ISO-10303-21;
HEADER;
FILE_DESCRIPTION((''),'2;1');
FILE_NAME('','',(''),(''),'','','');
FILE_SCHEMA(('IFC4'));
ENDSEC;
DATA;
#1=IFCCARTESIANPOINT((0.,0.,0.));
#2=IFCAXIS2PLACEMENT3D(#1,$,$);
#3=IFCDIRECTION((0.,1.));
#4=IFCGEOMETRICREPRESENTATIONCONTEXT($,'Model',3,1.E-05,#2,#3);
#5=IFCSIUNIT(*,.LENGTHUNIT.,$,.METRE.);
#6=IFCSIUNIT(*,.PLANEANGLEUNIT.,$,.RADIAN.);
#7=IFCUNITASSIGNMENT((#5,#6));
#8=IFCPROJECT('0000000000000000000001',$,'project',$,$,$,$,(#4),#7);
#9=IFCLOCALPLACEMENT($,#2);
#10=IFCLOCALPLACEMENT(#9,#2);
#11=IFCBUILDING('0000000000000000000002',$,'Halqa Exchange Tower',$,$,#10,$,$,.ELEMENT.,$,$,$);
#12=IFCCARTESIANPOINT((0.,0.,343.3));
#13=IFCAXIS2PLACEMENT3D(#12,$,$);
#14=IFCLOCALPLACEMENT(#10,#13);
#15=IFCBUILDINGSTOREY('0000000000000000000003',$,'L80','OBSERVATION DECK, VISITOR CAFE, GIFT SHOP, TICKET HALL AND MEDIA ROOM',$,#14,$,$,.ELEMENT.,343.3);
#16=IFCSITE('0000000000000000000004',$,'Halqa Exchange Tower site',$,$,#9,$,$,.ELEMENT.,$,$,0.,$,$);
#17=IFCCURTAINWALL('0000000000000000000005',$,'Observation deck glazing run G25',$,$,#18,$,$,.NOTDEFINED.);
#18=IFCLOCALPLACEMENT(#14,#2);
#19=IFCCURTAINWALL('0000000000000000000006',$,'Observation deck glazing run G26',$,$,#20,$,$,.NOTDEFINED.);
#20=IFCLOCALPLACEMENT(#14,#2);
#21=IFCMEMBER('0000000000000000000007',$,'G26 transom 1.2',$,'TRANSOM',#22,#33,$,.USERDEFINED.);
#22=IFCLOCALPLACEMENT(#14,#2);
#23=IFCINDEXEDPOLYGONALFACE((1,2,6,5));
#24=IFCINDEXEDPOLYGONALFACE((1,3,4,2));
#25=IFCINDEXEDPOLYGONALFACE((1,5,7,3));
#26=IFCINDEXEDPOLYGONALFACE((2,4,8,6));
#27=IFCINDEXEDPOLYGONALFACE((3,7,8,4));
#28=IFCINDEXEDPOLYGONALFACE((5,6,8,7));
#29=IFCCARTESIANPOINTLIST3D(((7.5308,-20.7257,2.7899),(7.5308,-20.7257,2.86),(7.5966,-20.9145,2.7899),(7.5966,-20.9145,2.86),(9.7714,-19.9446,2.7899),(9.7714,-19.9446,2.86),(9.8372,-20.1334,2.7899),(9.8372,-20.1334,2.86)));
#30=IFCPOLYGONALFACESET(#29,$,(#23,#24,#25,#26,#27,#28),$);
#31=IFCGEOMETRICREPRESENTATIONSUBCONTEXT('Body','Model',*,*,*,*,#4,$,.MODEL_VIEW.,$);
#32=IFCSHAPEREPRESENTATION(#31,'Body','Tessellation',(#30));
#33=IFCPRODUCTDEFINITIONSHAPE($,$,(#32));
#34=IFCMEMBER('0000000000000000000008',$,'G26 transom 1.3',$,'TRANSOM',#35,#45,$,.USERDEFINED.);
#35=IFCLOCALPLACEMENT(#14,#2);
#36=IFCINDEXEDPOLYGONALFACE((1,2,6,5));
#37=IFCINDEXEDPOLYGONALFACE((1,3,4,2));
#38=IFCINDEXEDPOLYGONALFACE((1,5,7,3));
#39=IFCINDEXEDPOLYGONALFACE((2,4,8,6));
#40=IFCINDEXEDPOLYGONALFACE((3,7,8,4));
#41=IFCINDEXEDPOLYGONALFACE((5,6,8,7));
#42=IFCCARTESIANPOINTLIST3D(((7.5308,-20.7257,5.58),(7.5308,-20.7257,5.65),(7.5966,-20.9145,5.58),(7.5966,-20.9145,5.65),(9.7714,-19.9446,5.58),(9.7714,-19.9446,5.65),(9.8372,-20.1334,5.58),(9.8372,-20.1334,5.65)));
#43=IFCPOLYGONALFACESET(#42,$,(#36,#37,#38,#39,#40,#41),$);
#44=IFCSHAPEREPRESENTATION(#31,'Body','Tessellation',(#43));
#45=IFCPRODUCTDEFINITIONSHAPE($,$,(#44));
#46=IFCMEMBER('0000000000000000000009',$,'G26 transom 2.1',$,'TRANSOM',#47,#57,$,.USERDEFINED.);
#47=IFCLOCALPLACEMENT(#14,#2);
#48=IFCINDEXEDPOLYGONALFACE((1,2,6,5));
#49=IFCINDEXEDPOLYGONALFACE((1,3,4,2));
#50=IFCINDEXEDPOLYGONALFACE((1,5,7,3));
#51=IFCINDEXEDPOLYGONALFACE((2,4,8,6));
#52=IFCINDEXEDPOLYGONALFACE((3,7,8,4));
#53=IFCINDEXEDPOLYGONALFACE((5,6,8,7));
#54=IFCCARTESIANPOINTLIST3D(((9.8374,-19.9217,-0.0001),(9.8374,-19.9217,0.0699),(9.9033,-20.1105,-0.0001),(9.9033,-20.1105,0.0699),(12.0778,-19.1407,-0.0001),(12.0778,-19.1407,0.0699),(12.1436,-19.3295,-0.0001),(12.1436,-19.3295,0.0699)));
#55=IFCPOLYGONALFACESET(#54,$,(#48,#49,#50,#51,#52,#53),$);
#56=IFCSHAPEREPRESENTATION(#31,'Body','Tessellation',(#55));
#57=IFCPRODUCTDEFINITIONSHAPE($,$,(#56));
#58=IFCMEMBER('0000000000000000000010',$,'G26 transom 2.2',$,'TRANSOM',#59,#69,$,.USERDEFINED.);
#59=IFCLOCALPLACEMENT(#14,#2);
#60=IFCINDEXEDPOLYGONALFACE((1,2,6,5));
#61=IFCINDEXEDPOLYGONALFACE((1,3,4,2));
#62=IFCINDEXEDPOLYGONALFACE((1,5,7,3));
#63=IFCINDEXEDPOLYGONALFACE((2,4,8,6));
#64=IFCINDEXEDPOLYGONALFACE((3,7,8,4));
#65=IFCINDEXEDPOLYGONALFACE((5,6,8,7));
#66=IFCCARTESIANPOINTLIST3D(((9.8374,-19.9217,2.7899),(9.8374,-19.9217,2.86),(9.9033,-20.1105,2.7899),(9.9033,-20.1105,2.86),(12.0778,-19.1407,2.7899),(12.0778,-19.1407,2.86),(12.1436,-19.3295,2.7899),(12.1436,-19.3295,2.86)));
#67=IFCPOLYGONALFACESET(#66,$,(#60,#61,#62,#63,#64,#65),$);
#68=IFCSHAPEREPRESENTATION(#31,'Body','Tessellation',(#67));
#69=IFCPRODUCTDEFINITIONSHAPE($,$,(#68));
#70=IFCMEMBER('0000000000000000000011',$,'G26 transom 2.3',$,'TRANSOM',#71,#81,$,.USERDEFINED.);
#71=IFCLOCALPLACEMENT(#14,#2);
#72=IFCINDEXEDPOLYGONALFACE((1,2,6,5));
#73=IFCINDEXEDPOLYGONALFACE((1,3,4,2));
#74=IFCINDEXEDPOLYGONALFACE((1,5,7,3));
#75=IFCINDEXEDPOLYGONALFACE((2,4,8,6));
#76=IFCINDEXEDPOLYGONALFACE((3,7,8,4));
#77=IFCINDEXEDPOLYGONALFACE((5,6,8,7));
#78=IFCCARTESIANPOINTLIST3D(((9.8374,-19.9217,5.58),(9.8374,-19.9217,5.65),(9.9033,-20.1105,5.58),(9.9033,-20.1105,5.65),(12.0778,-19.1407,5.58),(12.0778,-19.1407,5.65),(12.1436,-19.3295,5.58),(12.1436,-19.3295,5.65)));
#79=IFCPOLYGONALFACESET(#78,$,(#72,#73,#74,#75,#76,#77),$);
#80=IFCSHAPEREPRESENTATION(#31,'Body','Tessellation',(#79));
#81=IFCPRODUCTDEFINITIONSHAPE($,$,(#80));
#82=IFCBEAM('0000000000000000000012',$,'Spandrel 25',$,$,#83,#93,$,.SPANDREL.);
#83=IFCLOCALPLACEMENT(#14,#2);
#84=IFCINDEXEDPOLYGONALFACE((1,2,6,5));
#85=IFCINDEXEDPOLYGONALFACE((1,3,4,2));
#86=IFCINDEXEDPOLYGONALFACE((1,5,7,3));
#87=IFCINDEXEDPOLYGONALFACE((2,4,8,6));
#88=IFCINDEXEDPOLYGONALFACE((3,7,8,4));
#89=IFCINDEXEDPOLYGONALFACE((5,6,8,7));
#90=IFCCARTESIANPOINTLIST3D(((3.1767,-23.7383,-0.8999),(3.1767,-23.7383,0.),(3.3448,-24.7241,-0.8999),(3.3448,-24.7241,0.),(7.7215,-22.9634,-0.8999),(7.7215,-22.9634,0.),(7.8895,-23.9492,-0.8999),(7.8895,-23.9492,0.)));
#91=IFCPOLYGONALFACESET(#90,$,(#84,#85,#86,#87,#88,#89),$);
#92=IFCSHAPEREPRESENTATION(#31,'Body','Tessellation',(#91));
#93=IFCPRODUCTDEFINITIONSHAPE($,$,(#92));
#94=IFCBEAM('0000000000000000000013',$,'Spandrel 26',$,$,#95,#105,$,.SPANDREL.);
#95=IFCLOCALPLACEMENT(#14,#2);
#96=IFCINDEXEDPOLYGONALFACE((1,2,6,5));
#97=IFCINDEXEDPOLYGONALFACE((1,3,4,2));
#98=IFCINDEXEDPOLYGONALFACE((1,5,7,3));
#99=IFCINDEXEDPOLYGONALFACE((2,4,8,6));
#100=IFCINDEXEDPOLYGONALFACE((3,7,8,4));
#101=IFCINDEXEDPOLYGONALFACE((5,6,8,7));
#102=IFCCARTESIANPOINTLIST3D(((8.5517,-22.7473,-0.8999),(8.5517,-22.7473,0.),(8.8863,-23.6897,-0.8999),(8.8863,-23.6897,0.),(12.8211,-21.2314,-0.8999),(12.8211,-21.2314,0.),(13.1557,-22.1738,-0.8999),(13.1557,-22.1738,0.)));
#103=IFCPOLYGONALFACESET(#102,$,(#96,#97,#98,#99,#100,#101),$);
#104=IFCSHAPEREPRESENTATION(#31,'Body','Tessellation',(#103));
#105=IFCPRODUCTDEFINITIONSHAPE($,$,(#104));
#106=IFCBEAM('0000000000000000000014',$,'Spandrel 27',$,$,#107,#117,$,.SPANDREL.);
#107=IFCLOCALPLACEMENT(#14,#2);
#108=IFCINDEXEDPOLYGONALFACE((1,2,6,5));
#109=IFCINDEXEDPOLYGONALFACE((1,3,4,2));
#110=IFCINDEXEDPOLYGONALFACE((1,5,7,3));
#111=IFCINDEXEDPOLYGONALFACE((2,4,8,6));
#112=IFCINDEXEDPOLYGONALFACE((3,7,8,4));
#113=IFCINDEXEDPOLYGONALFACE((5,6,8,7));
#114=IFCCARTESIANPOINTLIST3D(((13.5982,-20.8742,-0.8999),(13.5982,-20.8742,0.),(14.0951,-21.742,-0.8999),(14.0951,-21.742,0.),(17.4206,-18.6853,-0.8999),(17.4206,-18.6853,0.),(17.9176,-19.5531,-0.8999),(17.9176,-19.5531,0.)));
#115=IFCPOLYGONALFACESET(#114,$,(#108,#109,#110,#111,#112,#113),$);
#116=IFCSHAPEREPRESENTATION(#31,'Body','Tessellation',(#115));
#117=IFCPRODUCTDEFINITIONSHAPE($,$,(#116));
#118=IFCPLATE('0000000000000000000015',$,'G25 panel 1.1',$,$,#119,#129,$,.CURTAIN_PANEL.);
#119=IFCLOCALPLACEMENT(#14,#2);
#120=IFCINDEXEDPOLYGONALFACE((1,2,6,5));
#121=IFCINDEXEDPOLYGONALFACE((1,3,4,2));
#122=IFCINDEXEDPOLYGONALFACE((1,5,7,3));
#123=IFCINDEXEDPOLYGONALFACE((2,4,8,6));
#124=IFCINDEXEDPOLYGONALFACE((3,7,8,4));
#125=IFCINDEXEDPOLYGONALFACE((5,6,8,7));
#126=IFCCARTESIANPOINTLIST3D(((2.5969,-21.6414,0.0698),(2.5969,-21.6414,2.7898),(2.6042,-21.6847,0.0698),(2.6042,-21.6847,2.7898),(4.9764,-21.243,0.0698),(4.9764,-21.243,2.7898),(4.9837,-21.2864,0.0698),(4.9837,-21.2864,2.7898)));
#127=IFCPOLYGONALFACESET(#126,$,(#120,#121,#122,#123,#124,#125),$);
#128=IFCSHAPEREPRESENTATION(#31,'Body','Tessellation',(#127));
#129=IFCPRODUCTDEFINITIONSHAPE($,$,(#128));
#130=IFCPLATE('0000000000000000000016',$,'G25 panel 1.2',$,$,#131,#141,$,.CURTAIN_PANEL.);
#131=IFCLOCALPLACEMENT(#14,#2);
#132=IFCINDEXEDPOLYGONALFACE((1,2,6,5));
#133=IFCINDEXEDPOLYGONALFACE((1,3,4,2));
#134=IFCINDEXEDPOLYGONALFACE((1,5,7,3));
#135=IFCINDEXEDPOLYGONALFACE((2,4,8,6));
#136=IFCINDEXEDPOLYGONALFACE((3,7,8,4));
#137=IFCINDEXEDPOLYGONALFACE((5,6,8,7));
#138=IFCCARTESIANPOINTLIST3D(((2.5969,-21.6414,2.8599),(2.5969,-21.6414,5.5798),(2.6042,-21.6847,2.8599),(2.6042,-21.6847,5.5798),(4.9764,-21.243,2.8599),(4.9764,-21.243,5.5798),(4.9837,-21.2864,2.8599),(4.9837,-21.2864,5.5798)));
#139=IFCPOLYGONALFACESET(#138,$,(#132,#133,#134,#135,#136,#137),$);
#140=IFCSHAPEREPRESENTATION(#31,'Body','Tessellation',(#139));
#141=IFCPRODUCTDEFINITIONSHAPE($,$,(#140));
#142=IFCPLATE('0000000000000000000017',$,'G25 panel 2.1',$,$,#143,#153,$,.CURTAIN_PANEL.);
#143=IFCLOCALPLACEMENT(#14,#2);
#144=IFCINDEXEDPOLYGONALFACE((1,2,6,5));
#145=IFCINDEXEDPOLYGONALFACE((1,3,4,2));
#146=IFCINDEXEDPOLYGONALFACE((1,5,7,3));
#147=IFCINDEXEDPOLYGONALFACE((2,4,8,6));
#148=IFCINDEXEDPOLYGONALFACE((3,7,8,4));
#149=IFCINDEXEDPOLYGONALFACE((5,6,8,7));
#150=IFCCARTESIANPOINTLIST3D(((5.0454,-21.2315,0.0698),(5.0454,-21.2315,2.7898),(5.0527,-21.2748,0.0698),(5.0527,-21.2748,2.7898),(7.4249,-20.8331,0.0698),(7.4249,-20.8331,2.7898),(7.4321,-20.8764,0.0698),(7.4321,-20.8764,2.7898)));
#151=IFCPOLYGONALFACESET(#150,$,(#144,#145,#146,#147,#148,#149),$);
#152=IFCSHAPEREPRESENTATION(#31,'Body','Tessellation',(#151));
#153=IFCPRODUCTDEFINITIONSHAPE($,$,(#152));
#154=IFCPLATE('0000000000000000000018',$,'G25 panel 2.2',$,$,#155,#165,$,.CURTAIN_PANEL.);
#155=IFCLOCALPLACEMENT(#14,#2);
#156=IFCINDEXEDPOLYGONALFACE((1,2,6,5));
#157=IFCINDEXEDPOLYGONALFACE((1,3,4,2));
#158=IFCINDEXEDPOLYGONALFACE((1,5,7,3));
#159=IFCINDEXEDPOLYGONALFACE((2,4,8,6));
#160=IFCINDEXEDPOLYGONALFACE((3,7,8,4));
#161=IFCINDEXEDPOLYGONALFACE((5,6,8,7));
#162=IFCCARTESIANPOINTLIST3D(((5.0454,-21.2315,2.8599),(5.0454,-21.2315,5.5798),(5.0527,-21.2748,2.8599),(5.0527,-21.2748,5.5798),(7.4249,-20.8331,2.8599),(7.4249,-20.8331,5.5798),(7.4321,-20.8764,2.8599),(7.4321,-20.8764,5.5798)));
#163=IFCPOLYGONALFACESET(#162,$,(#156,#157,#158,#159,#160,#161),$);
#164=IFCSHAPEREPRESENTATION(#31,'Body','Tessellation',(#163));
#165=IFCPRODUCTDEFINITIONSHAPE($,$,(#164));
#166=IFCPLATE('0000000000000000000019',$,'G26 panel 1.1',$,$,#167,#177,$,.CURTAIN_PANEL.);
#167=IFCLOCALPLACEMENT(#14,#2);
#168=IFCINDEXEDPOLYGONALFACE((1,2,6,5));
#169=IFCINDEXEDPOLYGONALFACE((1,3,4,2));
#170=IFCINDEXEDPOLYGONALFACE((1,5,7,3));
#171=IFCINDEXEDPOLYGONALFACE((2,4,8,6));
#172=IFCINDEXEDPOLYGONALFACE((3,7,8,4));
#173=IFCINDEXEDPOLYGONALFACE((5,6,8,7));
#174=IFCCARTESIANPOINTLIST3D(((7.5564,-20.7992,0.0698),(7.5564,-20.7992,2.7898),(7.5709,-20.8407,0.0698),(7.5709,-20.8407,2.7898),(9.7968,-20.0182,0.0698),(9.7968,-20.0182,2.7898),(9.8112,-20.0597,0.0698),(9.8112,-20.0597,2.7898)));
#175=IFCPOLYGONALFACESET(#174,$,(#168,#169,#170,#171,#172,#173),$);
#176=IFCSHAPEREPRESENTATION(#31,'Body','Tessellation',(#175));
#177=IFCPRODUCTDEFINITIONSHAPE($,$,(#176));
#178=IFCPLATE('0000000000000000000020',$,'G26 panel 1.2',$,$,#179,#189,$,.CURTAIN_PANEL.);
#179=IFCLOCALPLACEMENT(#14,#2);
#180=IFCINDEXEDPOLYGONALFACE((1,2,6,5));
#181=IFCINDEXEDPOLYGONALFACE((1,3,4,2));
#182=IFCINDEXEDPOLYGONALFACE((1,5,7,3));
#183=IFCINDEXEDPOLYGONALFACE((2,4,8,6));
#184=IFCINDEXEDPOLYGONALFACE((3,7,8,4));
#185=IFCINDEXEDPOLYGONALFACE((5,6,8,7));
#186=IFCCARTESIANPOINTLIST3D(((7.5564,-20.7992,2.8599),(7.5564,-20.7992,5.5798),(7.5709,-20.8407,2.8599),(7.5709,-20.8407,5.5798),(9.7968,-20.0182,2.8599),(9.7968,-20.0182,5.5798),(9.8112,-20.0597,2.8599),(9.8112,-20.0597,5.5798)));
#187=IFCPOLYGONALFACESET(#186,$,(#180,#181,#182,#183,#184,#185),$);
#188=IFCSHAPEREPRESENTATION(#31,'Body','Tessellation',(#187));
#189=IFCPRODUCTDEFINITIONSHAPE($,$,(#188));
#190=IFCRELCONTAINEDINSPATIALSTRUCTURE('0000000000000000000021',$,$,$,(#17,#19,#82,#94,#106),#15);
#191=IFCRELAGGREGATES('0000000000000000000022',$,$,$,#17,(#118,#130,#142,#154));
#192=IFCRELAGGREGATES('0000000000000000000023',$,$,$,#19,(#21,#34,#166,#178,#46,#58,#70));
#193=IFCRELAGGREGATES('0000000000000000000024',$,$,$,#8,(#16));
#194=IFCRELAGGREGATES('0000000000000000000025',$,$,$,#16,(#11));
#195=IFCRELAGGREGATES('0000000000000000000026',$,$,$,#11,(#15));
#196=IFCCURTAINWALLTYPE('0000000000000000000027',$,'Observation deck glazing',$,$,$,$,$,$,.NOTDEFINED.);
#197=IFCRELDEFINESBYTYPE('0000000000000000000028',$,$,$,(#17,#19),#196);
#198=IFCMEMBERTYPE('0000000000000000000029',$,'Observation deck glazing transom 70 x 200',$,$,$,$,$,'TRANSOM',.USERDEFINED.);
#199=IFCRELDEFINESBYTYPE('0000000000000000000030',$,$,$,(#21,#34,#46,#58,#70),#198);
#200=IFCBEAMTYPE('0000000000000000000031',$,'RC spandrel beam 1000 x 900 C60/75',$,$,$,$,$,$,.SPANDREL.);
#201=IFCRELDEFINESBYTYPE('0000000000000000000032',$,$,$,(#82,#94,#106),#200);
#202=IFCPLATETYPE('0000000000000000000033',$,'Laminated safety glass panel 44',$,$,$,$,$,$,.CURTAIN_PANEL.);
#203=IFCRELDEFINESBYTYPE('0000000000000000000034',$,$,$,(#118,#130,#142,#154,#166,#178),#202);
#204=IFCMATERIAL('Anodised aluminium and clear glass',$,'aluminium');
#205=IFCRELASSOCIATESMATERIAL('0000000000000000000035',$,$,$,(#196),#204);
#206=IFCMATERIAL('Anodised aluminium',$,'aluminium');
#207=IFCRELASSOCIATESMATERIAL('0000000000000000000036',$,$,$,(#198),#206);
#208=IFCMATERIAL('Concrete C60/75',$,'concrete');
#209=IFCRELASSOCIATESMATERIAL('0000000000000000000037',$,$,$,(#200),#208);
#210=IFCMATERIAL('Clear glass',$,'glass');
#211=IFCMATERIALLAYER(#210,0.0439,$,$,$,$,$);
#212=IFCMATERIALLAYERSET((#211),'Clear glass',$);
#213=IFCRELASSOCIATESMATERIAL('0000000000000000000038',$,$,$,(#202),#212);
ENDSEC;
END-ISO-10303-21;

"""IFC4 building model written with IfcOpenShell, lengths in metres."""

from ifc_helpers import new_model, si_unit, direction, frame, origin, origin_2d, place, context, subcontext, project, spatial, rectangle, extrude, material, layer, layer_set, material_profile, profile_set, type_object, element, aggregate, save


model = new_model("IFC4")

# Units and contexts
model_context = context("Model", 3, precision=1e-05, world=origin(), true_north=direction((0.0, 1.0)))
body_context = subcontext(model_context, "Body", "Model", "MODEL_VIEW")
ifc_project = project(units=[si_unit("LENGTHUNIT", "METRE"), si_unit("PLANEANGLEUNIT", "RADIAN")], contexts=[model_context])

# Site, building, storey
site_placement = place(None, origin())
site = spatial("IfcSite", under=ifc_project, at=site_placement, Name="Halqa Exchange Tower site", CompositionType="ELEMENT", RefElevation=0.0)
building_placement = place(site_placement, origin())
building = spatial("IfcBuilding", under=site, at=building_placement, Name="Halqa Exchange Tower", CompositionType="ELEMENT")
storey_placement = place(building_placement, frame((0.0, 0.0, 343.3)))
storey = spatial("IfcBuildingStorey", under=building, at=storey_placement, Name="L80", Description="OBSERVATION DECK, VISITOR CAFE, GIFT SHOP, TICKET HALL AND MEDIA ROOM", CompositionType="ELEMENT", Elevation=343.3)

# Curtain walls
ifc_material_1 = material(Name="Anodised aluminium and clear glass", Category="aluminium")
curtain_wall_type = type_object("IfcCurtainWallType", Name="Observation deck glazing", PredefinedType="NOTDEFINED", material=ifc_material_1)
curtain_wall_1_placement = place(storey_placement, origin())
curtain_wall_1 = element("IfcCurtainWall", 1, at=curtain_wall_1_placement, inside=storey, type_object=curtain_wall_type, Name="Observation deck glazing run G25", PredefinedType="NOTDEFINED")
ifc_material_2 = material(Name="Anodised aluminium", Category="aluminium")
curtain_wall_2_placement = place(storey_placement, origin())
curtain_wall_2 = element("IfcCurtainWall", 2, at=curtain_wall_2_placement, inside=storey, type_object=curtain_wall_type, Name="Observation deck glazing run G26", PredefinedType="NOTDEFINED")

# Members
ifc_material_profile_1 = material_profile(ifc_material_2, rectangle(XDim=0.2, YDim=0.0701, at=origin_2d()), Name="AL 70x200")
ifc_profile_set_1 = profile_set([ifc_material_profile_1], Name="Anodised aluminium")
member_type_1 = type_object("IfcMemberType", Name="Observation deck glazing transom 70 x 200", ElementType="TRANSOM", PredefinedType="USERDEFINED", material=ifc_profile_set_1)
member_1_placement = place(storey_placement, frame((7.5637, -20.8201, 2.825), z_axis=(0.944273, 0.329163, 0.0), x_axis=(-0.329163, 0.944273, 0.0)))
member_1 = element("IfcMember", 3, at=member_1_placement, type_object=member_type_1, Name="G26 transom 1.2", ObjectType="TRANSOM", PredefinedType="USERDEFINED", context=body_context, shape_type="SweptSolid", body=[
    extrude(rectangle(XDim=0.2, YDim=0.0701, at=origin_2d()), origin(), (0.0, 0.0, 1.0), 2.3728),
])
member_2_placement = place(storey_placement, frame((7.5637, -20.8201, 5.615), z_axis=(0.944273, 0.329163, 0.0), x_axis=(-0.329163, 0.944273, 0.0)))
member_2 = element("IfcMember", 4, at=member_2_placement, type_object=member_type_1, Name="G26 transom 1.3", ObjectType="TRANSOM", PredefinedType="USERDEFINED", context=body_context, shape_type="SweptSolid", body=[
    extrude(rectangle(XDim=0.2, YDim=0.0701, at=origin_2d()), origin(), (0.0, 0.0, 1.0), 2.3728),
])
member_3_placement = place(storey_placement, frame((9.8704, -20.0161, 0.0349), z_axis=(0.944262, 0.329195, 0.0), x_axis=(-0.329195, 0.944262, 0.0)))
member_3 = element("IfcMember", 5, at=member_3_placement, type_object=member_type_1, Name="G26 transom 2.1", ObjectType="TRANSOM", PredefinedType="USERDEFINED", context=body_context, shape_type="SweptSolid", body=[
    extrude(rectangle(XDim=0.2, YDim=0.0701, at=origin_2d()), origin(), (0.0, 0.0, 1.0), 2.3726),
])
member_4_placement = place(storey_placement, frame((9.8704, -20.0161, 2.825), z_axis=(0.944262, 0.329195, 0.0), x_axis=(-0.329195, 0.944262, 0.0)))
member_4 = element("IfcMember", 6, at=member_4_placement, type_object=member_type_1, Name="G26 transom 2.2", ObjectType="TRANSOM", PredefinedType="USERDEFINED", context=body_context, shape_type="SweptSolid", body=[
    extrude(rectangle(XDim=0.2, YDim=0.0701, at=origin_2d()), origin(), (0.0, 0.0, 1.0), 2.3726),
])
member_5_placement = place(storey_placement, frame((9.8704, -20.0161, 5.615), z_axis=(0.944262, 0.329195, 0.0), x_axis=(-0.329195, 0.944262, 0.0)))
member_5 = element("IfcMember", 7, at=member_5_placement, type_object=member_type_1, Name="G26 transom 2.3", ObjectType="TRANSOM", PredefinedType="USERDEFINED", context=body_context, shape_type="SweptSolid", body=[
    extrude(rectangle(XDim=0.2, YDim=0.0701, at=origin_2d()), origin(), (0.0, 0.0, 1.0), 2.3726),
])

# Beams
ifc_material_3 = material(Name="Concrete C60/75", Category="concrete")
ifc_material_profile_2 = material_profile(ifc_material_3, rectangle(XDim=1.0, YDim=0.8999, at=origin_2d()), Name="1000 x 900")
ifc_profile_set_2 = profile_set([ifc_material_profile_2], Name="Concrete C60/75")
beam_type = type_object("IfcBeamType", Name="RC spandrel beam 1000 x 900 C60/75", PredefinedType="SPANDREL", material=ifc_profile_set_2)
beam_1_placement = place(storey_placement, frame((3.2607, -24.2312, -0.45), z_axis=(0.985773, 0.168082, 0.0), x_axis=(-0.168082, 0.985773, 0.0)))
element("IfcBeam", 8, at=beam_1_placement, inside=storey, type_object=beam_type, Name="Spandrel 25", PredefinedType="SPANDREL", context=body_context, shape_type="SweptSolid", body=[
    extrude(rectangle(XDim=1.0, YDim=0.8999, at=origin_2d()), origin(), (0.0, 0.0, 1.0), 4.6104),
])
beam_2_placement = place(storey_placement, frame((8.719, -23.2185, -0.45), z_axis=(0.942361, 0.334598, 0.0), x_axis=(-0.334598, 0.942361, 0.0)))
element("IfcBeam", 9, at=beam_2_placement, inside=storey, type_object=beam_type, Name="Spandrel 26", PredefinedType="SPANDREL", context=body_context, shape_type="SweptSolid", body=[
    extrude(rectangle(XDim=1.0, YDim=0.8999, at=origin_2d()), origin(), (0.0, 0.0, 1.0), 4.5305),
])
beam_3_placement = place(storey_placement, frame((13.8467, -21.3081, -0.45), z_axis=(0.867786, 0.496939, 0.0), x_axis=(-0.496939, 0.867786, 0.0)))
element("IfcBeam", 10, at=beam_3_placement, inside=storey, type_object=beam_type, Name="Spandrel 27", PredefinedType="SPANDREL", context=body_context, shape_type="SweptSolid", body=[
    extrude(rectangle(XDim=1.0, YDim=0.8999, at=origin_2d()), origin(), (0.0, 0.0, 1.0), 4.4048),
])

# Plates
ifc_material_4 = material(Name="Clear glass", Category="glass")
ifc_layer = layer(ifc_material_4, 0.0439)
ifc_layer_set = layer_set([ifc_layer], Name="Clear glass")
plate_type = type_object("IfcPlateType", Name="Laminated safety glass panel 44", PredefinedType="CURTAIN_PANEL", material=ifc_layer_set)
plate_1_placement = place(storey_placement, frame((3.7903, -21.4639, 0.0698), z_axis=(0.0, 0.0, 1.0), x_axis=(0.986274, 0.165117, 0.0)))
plate_1 = element("IfcPlate", 11, at=plate_1_placement, type_object=plate_type, Name="G25 panel 1.1", PredefinedType="CURTAIN_PANEL", context=body_context, shape_type="SweptSolid", body=[
    extrude(rectangle(XDim=2.4126, YDim=0.0439, at=origin_2d()), origin(), (0.0, 0.0, 1.0), 2.72),
])
plate_2_placement = place(storey_placement, frame((3.7903, -21.4639, 2.8599), z_axis=(0.0, 0.0, 1.0), x_axis=(0.986274, 0.165117, 0.0)))
plate_2 = element("IfcPlate", 12, at=plate_2_placement, type_object=plate_type, Name="G25 panel 1.2", PredefinedType="CURTAIN_PANEL", context=body_context, shape_type="SweptSolid", body=[
    extrude(rectangle(XDim=2.4126, YDim=0.0439, at=origin_2d()), origin(), (0.0, 0.0, 1.0), 2.72),
])
plate_3_placement = place(storey_placement, frame((6.2388, -21.054, 0.0698), z_axis=(0.0, 0.0, 1.0), x_axis=(0.986274, 0.165117, 0.0)))
plate_3 = element("IfcPlate", 13, at=plate_3_placement, type_object=plate_type, Name="G25 panel 2.1", PredefinedType="CURTAIN_PANEL", context=body_context, shape_type="SweptSolid", body=[
    extrude(rectangle(XDim=2.4126, YDim=0.0439, at=origin_2d()), origin(), (0.0, 0.0, 1.0), 2.72),
])
plate_4_placement = place(storey_placement, frame((6.2388, -21.054, 2.8599), z_axis=(0.0, 0.0, 1.0), x_axis=(0.986274, 0.165117, 0.0)))
plate_4 = element("IfcPlate", 14, at=plate_4_placement, type_object=plate_type, Name="G25 panel 2.2", PredefinedType="CURTAIN_PANEL", context=body_context, shape_type="SweptSolid", body=[
    extrude(rectangle(XDim=2.4126, YDim=0.0439, at=origin_2d()), origin(), (0.0, 0.0, 1.0), 2.72),
])
aggregate(curtain_wall_1, [plate_1, plate_2, plate_3, plate_4])
plate_5_placement = place(storey_placement, frame((8.6838, -20.4294, 0.0698), z_axis=(0.0, 0.0, 1.0), x_axis=(0.944274, 0.32916, 0.0)))
plate_5 = element("IfcPlate", 15, at=plate_5_placement, type_object=plate_type, Name="G26 panel 1.1", PredefinedType="CURTAIN_PANEL", context=body_context, shape_type="SweptSolid", body=[
    extrude(rectangle(XDim=2.3726, YDim=0.0439, at=origin_2d()), origin(), (0.0, 0.0, 1.0), 2.72),
])
plate_6_placement = place(storey_placement, frame((8.6838, -20.4294, 2.8599), z_axis=(0.0, 0.0, 1.0), x_axis=(0.944274, 0.32916, 0.0)))
plate_6 = element("IfcPlate", 16, at=plate_6_placement, type_object=plate_type, Name="G26 panel 1.2", PredefinedType="CURTAIN_PANEL", context=body_context, shape_type="SweptSolid", body=[
    extrude(rectangle(XDim=2.3726, YDim=0.0439, at=origin_2d()), origin(), (0.0, 0.0, 1.0), 2.72),
])
aggregate(curtain_wall_2, [member_1, member_2, plate_5, plate_6, member_3, member_4, member_5])

save(model, "model.ifc")
